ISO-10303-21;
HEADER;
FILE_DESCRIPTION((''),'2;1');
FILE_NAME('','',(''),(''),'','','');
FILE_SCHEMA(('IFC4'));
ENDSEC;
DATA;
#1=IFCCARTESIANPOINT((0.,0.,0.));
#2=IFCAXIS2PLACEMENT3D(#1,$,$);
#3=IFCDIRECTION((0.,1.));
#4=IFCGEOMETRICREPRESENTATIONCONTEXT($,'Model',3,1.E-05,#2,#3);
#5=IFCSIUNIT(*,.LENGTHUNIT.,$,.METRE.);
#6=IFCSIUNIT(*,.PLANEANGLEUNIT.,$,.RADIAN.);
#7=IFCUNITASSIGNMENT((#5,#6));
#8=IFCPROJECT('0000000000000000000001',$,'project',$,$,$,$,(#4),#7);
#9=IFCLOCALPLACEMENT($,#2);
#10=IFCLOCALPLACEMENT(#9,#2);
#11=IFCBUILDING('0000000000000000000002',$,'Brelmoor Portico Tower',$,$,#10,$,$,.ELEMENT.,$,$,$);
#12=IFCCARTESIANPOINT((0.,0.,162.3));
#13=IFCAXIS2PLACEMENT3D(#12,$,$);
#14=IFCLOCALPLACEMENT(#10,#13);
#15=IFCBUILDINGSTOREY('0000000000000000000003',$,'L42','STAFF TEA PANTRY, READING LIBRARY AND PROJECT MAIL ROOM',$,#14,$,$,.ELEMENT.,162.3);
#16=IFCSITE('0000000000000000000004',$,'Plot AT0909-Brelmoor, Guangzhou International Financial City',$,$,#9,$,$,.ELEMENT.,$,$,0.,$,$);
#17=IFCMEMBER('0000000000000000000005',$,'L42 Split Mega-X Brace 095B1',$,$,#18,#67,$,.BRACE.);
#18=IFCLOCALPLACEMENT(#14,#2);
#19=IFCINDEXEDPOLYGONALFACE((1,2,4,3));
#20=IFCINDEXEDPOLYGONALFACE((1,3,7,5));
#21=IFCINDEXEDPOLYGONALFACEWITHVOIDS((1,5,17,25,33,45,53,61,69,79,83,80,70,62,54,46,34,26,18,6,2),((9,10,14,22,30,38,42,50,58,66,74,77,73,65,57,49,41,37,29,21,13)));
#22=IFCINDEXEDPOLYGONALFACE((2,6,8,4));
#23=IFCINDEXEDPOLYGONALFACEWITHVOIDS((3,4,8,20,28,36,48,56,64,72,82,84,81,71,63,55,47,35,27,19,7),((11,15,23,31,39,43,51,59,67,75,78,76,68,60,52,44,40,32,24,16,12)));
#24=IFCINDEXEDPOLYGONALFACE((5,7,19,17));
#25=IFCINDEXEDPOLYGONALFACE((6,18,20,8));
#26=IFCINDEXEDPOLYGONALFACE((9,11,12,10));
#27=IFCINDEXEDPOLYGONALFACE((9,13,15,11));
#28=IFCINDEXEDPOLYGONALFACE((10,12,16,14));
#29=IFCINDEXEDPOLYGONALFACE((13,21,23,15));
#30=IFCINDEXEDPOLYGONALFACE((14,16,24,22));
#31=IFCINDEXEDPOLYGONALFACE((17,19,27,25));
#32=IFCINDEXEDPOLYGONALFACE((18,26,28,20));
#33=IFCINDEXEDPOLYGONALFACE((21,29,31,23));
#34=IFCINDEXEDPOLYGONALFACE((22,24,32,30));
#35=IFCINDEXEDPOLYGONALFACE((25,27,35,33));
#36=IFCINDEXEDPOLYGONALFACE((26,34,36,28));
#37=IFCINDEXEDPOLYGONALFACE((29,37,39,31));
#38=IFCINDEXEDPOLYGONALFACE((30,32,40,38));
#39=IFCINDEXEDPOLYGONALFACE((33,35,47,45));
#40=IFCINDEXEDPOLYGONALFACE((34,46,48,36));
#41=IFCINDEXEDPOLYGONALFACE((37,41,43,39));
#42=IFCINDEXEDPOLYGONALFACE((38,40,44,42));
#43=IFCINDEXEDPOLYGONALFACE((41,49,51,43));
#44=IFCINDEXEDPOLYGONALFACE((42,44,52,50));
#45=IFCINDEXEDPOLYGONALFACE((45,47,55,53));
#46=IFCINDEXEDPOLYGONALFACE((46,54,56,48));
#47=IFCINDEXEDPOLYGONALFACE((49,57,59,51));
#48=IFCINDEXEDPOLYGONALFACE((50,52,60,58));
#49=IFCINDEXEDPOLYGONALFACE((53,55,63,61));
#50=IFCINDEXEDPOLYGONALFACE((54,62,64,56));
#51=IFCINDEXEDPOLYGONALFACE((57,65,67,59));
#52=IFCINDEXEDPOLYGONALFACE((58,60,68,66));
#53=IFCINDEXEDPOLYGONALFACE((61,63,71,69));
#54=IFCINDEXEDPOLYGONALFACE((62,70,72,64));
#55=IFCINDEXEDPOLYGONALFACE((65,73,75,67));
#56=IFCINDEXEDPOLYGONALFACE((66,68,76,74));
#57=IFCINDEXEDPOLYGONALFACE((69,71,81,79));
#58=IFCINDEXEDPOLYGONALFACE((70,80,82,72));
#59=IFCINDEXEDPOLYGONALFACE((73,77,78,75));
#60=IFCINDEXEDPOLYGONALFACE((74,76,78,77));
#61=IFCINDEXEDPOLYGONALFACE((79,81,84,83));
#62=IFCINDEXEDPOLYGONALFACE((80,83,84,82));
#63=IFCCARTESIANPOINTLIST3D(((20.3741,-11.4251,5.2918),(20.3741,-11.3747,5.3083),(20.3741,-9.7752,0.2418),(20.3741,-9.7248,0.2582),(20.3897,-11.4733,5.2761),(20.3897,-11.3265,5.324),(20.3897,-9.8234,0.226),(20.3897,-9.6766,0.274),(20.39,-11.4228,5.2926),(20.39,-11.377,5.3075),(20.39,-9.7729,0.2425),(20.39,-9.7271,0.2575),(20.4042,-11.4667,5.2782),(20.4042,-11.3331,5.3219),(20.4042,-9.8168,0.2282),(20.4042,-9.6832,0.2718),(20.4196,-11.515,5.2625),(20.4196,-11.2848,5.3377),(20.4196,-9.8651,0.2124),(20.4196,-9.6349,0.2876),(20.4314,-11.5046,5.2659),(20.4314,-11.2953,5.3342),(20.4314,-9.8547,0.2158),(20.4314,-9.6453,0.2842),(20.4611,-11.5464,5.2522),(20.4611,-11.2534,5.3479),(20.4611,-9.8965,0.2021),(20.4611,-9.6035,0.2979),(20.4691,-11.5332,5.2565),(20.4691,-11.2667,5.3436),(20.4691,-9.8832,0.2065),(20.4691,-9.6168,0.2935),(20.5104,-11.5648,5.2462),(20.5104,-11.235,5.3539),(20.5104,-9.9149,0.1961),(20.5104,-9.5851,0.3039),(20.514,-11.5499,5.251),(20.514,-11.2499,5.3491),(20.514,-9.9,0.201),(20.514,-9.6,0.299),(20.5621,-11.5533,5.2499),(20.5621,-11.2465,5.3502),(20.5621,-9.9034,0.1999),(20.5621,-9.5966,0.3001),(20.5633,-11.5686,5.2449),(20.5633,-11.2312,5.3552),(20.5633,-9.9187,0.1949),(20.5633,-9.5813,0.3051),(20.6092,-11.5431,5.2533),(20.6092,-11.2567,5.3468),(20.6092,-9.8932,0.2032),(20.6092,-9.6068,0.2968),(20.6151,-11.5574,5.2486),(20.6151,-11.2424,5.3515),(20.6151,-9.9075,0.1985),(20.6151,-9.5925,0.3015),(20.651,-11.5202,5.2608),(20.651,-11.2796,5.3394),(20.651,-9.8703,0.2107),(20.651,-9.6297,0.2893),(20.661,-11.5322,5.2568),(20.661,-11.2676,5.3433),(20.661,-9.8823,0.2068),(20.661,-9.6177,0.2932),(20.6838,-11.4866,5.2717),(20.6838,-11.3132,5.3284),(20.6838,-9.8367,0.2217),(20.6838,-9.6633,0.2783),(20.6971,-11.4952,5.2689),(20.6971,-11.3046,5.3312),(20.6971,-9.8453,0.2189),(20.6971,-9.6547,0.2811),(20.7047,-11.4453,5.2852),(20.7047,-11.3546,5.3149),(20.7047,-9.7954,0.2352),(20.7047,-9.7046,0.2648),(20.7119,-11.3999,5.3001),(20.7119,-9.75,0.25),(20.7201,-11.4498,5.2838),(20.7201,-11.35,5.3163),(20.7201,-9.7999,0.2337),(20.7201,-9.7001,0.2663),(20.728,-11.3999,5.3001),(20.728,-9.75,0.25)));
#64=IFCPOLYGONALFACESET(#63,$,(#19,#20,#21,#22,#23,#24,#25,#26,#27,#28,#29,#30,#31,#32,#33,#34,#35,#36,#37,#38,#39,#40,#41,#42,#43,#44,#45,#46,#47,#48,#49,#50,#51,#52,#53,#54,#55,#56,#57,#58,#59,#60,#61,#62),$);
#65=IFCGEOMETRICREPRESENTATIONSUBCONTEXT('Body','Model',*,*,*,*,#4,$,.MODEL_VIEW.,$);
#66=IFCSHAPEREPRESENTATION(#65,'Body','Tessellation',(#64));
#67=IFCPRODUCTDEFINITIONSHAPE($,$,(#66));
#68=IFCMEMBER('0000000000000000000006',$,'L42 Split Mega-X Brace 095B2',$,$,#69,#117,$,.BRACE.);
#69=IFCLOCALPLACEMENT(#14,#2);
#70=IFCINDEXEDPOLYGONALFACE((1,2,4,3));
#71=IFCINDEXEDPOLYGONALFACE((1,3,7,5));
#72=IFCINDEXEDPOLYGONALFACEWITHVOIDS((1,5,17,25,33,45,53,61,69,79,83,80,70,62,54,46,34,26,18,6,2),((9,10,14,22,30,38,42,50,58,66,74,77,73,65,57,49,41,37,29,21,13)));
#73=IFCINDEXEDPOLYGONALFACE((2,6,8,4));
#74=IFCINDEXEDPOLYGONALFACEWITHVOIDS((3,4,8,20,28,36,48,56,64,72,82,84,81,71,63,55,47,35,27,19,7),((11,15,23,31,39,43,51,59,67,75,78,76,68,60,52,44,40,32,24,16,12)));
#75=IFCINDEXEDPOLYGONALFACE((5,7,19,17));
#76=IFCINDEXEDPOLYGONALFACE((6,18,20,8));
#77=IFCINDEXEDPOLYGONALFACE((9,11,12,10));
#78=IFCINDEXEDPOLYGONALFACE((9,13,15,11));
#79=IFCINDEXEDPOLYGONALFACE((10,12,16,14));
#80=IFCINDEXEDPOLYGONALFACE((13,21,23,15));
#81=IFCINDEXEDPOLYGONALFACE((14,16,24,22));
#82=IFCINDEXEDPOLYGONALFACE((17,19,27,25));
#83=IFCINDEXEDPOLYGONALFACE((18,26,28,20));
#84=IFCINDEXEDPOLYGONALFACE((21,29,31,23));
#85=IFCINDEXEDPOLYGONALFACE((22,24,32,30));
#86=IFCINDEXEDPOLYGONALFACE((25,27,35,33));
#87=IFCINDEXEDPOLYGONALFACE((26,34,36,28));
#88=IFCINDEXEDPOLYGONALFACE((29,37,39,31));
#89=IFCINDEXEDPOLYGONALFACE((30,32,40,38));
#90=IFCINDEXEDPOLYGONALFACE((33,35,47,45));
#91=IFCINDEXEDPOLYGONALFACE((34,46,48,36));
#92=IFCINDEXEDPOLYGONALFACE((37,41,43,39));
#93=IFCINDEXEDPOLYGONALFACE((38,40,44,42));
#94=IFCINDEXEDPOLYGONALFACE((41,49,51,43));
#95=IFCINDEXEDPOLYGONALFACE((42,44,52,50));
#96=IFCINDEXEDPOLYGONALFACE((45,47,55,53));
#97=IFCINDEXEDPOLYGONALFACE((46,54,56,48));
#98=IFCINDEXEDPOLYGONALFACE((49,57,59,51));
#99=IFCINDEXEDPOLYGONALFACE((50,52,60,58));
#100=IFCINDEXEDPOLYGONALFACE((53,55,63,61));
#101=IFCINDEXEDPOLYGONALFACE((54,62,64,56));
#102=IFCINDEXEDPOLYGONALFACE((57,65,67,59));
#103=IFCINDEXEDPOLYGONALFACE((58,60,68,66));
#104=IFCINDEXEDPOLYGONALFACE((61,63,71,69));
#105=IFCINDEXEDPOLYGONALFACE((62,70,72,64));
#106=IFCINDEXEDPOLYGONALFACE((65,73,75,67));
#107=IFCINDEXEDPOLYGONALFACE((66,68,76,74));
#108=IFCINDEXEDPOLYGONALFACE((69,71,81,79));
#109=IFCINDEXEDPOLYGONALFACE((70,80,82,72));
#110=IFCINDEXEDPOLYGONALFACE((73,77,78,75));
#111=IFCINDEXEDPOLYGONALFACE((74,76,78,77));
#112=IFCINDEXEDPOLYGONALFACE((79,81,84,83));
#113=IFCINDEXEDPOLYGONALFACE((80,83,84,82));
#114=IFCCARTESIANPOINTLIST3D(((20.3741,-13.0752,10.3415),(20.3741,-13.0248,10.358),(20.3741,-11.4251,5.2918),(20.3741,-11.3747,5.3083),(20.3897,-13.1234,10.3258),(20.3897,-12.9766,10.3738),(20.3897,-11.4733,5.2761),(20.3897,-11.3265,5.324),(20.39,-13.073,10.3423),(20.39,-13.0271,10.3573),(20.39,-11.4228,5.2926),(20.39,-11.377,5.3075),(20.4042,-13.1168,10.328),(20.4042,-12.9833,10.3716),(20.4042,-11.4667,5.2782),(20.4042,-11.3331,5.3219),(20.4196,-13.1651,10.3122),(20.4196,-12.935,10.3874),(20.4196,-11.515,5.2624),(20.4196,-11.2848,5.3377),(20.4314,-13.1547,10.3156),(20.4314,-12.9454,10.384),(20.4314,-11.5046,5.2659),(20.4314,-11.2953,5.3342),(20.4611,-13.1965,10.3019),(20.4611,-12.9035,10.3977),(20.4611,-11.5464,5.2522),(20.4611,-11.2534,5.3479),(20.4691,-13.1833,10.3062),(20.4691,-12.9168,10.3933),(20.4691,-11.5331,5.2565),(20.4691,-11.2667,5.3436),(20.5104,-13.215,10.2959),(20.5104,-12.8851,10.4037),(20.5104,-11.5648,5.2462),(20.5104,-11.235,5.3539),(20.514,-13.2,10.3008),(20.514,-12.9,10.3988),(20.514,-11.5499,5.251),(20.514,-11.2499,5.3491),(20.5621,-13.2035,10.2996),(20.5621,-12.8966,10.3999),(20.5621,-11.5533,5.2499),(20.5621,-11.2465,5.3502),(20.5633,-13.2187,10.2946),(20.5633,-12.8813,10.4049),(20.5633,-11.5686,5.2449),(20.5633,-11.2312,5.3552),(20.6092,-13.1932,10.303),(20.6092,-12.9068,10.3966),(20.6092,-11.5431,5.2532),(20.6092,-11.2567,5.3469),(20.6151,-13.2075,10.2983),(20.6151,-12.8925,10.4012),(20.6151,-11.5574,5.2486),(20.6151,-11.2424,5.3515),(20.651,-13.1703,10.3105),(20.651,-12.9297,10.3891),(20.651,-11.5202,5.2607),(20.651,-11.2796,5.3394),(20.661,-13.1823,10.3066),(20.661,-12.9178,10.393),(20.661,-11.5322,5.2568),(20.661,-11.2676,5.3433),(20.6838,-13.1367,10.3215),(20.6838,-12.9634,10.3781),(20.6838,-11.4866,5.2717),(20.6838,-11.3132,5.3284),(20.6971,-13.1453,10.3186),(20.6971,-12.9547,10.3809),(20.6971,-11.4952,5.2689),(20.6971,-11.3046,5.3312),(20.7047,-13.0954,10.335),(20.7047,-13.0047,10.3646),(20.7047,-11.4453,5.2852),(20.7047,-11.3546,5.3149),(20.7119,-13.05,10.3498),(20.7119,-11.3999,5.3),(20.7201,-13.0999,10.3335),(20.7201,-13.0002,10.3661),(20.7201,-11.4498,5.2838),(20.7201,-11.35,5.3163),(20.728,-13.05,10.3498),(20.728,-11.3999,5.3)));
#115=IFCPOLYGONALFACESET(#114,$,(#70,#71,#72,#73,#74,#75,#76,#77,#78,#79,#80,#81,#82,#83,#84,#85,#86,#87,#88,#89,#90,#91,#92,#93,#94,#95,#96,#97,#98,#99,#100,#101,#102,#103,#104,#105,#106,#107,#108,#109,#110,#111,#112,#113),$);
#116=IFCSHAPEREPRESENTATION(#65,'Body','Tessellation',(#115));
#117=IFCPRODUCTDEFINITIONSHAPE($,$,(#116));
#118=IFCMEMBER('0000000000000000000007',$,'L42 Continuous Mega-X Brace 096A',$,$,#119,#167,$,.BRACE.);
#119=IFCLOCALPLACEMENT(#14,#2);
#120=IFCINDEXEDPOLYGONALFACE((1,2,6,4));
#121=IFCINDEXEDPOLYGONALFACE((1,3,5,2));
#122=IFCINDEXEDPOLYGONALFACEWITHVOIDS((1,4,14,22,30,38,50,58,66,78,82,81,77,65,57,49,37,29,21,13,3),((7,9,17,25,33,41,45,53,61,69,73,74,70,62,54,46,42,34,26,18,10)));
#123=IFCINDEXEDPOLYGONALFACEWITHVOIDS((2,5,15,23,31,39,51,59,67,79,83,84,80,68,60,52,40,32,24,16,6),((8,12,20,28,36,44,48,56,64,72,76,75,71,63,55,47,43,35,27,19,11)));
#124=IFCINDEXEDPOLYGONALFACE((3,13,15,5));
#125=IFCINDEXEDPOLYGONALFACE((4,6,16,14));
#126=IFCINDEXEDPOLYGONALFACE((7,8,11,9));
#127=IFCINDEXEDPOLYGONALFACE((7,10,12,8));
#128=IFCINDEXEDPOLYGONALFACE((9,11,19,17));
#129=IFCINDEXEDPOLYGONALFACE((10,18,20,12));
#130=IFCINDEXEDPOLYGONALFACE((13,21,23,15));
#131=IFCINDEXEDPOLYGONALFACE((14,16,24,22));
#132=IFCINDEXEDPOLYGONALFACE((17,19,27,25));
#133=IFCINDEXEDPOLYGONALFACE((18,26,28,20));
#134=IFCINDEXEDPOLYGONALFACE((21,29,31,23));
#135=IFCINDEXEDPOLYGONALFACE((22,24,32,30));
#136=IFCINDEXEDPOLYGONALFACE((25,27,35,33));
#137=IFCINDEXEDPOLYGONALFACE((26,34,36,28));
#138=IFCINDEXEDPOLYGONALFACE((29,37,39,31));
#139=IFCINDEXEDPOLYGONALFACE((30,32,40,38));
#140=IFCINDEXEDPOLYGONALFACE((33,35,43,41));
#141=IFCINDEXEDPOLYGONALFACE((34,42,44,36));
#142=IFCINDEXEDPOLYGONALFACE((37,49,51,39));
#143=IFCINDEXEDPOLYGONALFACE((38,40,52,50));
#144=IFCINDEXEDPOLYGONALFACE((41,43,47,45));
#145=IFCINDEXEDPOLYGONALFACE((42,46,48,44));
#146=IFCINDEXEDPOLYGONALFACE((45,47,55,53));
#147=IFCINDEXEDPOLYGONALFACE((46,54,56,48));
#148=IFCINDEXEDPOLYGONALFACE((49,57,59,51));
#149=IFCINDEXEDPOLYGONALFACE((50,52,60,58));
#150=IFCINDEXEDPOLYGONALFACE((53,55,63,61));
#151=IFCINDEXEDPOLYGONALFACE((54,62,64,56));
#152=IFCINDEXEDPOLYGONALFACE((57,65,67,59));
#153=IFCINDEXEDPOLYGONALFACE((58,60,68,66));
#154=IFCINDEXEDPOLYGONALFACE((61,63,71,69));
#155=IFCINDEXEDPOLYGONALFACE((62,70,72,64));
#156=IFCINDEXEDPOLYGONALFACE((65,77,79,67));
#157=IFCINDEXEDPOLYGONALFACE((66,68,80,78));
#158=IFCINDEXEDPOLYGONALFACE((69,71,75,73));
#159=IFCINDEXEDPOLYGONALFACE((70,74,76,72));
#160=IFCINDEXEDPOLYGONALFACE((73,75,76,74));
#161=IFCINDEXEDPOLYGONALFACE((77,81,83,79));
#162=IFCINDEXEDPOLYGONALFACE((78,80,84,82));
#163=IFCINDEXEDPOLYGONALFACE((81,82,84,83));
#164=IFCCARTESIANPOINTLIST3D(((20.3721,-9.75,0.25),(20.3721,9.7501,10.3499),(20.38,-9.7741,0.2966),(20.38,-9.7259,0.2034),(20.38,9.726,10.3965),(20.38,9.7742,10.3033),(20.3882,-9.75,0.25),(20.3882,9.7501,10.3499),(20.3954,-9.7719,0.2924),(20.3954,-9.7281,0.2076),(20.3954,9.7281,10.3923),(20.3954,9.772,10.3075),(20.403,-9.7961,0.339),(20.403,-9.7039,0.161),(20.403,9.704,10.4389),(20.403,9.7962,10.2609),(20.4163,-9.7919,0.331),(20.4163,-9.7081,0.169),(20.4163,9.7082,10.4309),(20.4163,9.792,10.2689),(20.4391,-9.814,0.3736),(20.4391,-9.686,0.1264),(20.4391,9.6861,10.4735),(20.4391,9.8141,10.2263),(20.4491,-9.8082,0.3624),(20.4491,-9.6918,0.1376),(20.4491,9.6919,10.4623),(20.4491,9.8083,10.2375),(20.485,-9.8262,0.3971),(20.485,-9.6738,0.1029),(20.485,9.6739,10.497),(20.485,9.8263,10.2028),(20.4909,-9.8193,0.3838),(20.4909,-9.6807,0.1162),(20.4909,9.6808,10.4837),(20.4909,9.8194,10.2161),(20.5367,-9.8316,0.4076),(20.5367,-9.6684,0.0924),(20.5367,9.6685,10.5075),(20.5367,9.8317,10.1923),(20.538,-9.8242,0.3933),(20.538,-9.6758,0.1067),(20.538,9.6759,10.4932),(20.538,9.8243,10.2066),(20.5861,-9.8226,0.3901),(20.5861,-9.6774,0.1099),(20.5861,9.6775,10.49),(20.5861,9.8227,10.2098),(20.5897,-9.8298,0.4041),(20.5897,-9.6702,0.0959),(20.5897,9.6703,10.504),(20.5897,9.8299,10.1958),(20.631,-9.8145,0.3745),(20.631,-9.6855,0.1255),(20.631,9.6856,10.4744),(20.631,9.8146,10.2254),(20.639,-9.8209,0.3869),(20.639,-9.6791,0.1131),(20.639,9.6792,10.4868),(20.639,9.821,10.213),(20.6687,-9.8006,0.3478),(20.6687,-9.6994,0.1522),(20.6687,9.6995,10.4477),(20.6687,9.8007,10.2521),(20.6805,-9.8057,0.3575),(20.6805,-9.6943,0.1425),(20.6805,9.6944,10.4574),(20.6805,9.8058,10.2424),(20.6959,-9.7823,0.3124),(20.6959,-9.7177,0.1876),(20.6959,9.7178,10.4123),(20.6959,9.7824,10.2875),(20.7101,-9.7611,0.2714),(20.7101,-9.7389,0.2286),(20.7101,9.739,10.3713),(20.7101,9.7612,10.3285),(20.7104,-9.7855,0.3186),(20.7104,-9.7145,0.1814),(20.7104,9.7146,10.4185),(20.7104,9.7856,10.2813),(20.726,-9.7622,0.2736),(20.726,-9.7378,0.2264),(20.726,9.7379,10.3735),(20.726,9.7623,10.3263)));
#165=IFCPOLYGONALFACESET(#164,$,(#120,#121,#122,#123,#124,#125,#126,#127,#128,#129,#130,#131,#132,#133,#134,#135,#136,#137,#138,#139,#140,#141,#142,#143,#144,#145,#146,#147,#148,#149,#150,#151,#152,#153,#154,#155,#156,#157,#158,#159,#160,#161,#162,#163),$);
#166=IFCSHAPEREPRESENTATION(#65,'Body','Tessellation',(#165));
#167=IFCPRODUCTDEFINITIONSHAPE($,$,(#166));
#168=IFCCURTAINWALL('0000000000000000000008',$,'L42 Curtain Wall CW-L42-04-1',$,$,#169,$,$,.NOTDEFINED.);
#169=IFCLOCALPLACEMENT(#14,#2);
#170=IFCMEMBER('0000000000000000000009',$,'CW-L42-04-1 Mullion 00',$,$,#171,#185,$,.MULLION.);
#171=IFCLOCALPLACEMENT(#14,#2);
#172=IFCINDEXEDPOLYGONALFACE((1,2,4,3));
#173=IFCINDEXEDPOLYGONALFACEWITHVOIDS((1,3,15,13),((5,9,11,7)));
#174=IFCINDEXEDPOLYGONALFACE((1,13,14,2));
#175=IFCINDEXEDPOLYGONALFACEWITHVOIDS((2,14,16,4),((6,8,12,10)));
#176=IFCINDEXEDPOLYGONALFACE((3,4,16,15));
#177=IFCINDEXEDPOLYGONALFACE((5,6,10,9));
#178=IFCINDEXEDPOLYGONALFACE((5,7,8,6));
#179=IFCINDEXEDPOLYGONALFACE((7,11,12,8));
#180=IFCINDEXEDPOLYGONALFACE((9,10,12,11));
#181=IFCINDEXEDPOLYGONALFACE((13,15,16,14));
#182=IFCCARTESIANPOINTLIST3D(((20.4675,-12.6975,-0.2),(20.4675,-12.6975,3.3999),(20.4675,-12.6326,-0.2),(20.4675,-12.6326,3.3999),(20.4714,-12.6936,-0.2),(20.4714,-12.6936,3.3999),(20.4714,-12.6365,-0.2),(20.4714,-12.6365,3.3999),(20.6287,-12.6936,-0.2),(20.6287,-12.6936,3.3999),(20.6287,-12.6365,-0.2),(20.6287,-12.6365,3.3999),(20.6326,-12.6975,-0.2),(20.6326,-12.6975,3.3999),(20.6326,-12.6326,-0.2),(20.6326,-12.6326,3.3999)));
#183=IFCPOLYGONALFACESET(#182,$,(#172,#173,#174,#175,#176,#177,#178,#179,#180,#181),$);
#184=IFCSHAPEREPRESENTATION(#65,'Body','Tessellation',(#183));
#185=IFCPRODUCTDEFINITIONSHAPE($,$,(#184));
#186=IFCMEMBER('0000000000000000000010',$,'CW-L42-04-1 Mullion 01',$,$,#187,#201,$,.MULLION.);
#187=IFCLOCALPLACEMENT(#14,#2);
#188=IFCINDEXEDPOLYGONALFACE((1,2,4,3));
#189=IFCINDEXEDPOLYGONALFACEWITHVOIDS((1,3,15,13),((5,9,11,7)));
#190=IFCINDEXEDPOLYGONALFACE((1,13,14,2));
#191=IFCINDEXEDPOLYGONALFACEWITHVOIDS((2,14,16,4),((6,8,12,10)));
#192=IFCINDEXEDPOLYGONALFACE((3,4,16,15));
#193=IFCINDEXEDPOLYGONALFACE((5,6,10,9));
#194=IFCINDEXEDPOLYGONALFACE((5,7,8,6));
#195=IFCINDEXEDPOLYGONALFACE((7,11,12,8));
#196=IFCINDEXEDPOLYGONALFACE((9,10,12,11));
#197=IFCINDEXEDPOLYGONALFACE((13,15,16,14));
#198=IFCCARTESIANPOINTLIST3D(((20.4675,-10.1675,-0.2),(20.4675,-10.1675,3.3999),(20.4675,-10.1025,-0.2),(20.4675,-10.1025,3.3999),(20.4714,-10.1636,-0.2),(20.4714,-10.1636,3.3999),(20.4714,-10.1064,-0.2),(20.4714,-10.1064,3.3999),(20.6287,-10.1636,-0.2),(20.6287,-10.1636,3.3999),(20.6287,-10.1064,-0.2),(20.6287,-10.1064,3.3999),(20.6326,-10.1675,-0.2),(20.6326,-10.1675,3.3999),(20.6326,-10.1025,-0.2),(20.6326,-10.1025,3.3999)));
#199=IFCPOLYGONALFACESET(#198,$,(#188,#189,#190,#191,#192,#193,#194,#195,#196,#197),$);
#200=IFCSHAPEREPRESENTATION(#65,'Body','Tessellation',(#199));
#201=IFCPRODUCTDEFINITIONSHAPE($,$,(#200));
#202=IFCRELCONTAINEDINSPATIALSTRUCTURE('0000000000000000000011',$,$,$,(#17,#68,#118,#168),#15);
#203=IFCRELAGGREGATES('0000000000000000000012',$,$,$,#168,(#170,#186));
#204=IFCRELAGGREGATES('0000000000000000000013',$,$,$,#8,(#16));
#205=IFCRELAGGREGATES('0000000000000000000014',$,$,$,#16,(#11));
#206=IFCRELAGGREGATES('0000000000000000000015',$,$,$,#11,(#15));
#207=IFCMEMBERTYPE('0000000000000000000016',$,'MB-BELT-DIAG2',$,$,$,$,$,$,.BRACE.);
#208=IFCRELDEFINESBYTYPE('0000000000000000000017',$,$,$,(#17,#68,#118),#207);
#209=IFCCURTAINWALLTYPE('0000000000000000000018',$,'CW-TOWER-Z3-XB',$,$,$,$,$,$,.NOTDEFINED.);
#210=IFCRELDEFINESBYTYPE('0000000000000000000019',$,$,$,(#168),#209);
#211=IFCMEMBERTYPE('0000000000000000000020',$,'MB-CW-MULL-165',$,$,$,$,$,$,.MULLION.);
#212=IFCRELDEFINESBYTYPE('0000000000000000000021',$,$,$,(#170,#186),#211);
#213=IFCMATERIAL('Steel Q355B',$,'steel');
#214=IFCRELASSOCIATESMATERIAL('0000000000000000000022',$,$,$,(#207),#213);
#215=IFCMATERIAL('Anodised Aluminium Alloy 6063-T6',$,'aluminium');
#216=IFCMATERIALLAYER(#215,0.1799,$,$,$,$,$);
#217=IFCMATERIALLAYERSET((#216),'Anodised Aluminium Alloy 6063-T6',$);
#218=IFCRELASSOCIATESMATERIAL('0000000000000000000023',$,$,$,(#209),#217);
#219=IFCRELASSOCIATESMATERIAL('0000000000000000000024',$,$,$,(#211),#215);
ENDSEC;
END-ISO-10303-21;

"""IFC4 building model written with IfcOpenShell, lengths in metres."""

from ifc_helpers import new_model, si_unit, direction, frame, origin, origin_2d, place, context, subcontext, project, spatial, hollow_rectangle, hollow_circle, extrude, material, layer, layer_set, material_profile, profile_set, type_object, element, aggregate, save


model = new_model("IFC4")

# Units and contexts
model_context = context("Model", 3, precision=1e-05, world=origin(), true_north=direction((0.0, 1.0)))
body_context = subcontext(model_context, "Body", "Model", "MODEL_VIEW")
ifc_project = project(units=[si_unit("LENGTHUNIT", "METRE"), si_unit("PLANEANGLEUNIT", "RADIAN")], contexts=[model_context])

# Site, building, storey
site_placement = place(None, origin())
site = spatial("IfcSite", under=ifc_project, at=site_placement, Name="Plot AT0909-Brelmoor, Guangzhou International Financial City", CompositionType="ELEMENT", RefElevation=0.0)
building_placement = place(site_placement, origin())
building = spatial("IfcBuilding", under=site, at=building_placement, Name="Brelmoor Portico Tower", CompositionType="ELEMENT")
storey_placement = place(building_placement, frame((0.0, 0.0, 162.3)))
storey = spatial("IfcBuildingStorey", under=building, at=storey_placement, Name="L42", Description="STAFF TEA PANTRY, READING LIBRARY AND PROJECT MAIL ROOM", CompositionType="ELEMENT", Elevation=162.3)

# Shared definitions
ifc_material_1 = material(Name="Steel Q355B", Category="steel")

# Members
ifc_material_profile_1 = material_profile(ifc_material_1, hollow_circle(Radius=0.178, WallThickness=0.0161, at=origin_2d()), Name="CHS 356x16")
ifc_profile_set_1 = profile_set([ifc_material_profile_1], Name="Steel Q355B")
member_type_1 = type_object("IfcMemberType", Name="MB-BELT-DIAG2", PredefinedType="BRACE", material=ifc_profile_set_1)
member_1_placement = place(storey_placement, frame((20.55, -9.75, 0.25), z_axis=(0.0, -0.310556, 0.950555), x_axis=(1.0, 0.0, 0.0)))
element("IfcMember", 1, at=member_1_placement, inside=storey, type_object=member_type_1, Name="L42 Split Mega-X Brace 095B1", PredefinedType="BRACE", context=body_context, shape_type="SweptSolid", body=[
    extrude(hollow_circle(Radius=0.178, WallThickness=0.0161, at=origin_2d()), origin(), (0.0, 0.0, 1.0), 5.3127),
])
member_2_placement = place(storey_placement, frame((20.55, -11.3999, 5.3), z_axis=(0.0, -0.310611, 0.950537), x_axis=(1.0, 0.0, 0.0)))
element("IfcMember", 2, at=member_2_placement, inside=storey, type_object=member_type_1, Name="L42 Split Mega-X Brace 095B2", PredefinedType="BRACE", context=body_context, shape_type="SweptSolid", body=[
    extrude(hollow_circle(Radius=0.178, WallThickness=0.0161, at=origin_2d()), origin(), (0.0, 0.0, 1.0), 5.3125),
])
member_3_placement = place(storey_placement, frame((20.55, -9.75, 0.25), z_axis=(0.0, 0.887964, 0.459913), x_axis=(-1.0, 0.0, 0.0)))
element("IfcMember", 3, at=member_3_placement, inside=storey, type_object=member_type_1, Name="L42 Continuous Mega-X Brace 096A", PredefinedType="BRACE", context=body_context, shape_type="SweptSolid", body=[
    extrude(hollow_circle(Radius=0.178, WallThickness=0.0161, at=origin_2d()), origin(), (0.0, 0.0, 1.0), 21.9604),
])

# Curtain wall, members
ifc_material_2 = material(Name="Anodised Aluminium Alloy 6063-T6", Category="aluminium")
ifc_layer_1 = layer(ifc_material_2, 0.1799)
ifc_layer_set_1 = layer_set([ifc_layer_1], Name="Anodised Aluminium Alloy 6063-T6")
curtain_wall_type = type_object("IfcCurtainWallType", Name="CW-TOWER-Z3-XB", PredefinedType="NOTDEFINED", material=ifc_layer_set_1)
curtain_wall_1_placement = place(storey_placement, origin())
curtain_wall_1 = element("IfcCurtainWall", 4, at=curtain_wall_1_placement, inside=storey, type_object=curtain_wall_type, Name="L42 Curtain Wall CW-L42-04-1", PredefinedType="NOTDEFINED")
ifc_material_profile_2 = material_profile(ifc_material_2, hollow_rectangle(XDim=0.0649, YDim=0.165, WallThickness=0.0039, at=origin_2d()), Name="ALU MULLION 65x165")
ifc_profile_set_2 = profile_set([ifc_material_profile_2], Name="Anodised Aluminium Alloy 6063-T6")
member_type_2 = type_object("IfcMemberType", Name="MB-CW-MULL-165", PredefinedType="MULLION", material=ifc_profile_set_2)
member_4_placement = place(storey_placement, frame((20.55, -12.665, -0.2), z_axis=(0.0, 0.0, 1.0), x_axis=(0.0, 1.0, 0.0)))
member_4 = element("IfcMember", 5, at=member_4_placement, type_object=member_type_2, Name="CW-L42-04-1 Mullion 00", PredefinedType="MULLION", context=body_context, shape_type="SweptSolid", body=[
    extrude(hollow_rectangle(XDim=0.0649, YDim=0.165, WallThickness=0.0039, at=origin_2d()), origin(), (0.0, 0.0, 1.0), 3.5999),
])
member_5_placement = place(storey_placement, frame((20.55, -10.135, -0.2), z_axis=(0.0, 0.0, 1.0), x_axis=(0.0, 1.0, 0.0)))
member_5 = element("IfcMember", 6, at=member_5_placement, type_object=member_type_2, Name="CW-L42-04-1 Mullion 01", PredefinedType="MULLION", context=body_context, shape_type="SweptSolid", body=[
    extrude(hollow_rectangle(XDim=0.0649, YDim=0.165, WallThickness=0.0039, at=origin_2d()), origin(), (0.0, 0.0, 1.0), 3.5999),
])

aggregate(curtain_wall_1, [member_4, member_5])

save(model, "model.ifc")
